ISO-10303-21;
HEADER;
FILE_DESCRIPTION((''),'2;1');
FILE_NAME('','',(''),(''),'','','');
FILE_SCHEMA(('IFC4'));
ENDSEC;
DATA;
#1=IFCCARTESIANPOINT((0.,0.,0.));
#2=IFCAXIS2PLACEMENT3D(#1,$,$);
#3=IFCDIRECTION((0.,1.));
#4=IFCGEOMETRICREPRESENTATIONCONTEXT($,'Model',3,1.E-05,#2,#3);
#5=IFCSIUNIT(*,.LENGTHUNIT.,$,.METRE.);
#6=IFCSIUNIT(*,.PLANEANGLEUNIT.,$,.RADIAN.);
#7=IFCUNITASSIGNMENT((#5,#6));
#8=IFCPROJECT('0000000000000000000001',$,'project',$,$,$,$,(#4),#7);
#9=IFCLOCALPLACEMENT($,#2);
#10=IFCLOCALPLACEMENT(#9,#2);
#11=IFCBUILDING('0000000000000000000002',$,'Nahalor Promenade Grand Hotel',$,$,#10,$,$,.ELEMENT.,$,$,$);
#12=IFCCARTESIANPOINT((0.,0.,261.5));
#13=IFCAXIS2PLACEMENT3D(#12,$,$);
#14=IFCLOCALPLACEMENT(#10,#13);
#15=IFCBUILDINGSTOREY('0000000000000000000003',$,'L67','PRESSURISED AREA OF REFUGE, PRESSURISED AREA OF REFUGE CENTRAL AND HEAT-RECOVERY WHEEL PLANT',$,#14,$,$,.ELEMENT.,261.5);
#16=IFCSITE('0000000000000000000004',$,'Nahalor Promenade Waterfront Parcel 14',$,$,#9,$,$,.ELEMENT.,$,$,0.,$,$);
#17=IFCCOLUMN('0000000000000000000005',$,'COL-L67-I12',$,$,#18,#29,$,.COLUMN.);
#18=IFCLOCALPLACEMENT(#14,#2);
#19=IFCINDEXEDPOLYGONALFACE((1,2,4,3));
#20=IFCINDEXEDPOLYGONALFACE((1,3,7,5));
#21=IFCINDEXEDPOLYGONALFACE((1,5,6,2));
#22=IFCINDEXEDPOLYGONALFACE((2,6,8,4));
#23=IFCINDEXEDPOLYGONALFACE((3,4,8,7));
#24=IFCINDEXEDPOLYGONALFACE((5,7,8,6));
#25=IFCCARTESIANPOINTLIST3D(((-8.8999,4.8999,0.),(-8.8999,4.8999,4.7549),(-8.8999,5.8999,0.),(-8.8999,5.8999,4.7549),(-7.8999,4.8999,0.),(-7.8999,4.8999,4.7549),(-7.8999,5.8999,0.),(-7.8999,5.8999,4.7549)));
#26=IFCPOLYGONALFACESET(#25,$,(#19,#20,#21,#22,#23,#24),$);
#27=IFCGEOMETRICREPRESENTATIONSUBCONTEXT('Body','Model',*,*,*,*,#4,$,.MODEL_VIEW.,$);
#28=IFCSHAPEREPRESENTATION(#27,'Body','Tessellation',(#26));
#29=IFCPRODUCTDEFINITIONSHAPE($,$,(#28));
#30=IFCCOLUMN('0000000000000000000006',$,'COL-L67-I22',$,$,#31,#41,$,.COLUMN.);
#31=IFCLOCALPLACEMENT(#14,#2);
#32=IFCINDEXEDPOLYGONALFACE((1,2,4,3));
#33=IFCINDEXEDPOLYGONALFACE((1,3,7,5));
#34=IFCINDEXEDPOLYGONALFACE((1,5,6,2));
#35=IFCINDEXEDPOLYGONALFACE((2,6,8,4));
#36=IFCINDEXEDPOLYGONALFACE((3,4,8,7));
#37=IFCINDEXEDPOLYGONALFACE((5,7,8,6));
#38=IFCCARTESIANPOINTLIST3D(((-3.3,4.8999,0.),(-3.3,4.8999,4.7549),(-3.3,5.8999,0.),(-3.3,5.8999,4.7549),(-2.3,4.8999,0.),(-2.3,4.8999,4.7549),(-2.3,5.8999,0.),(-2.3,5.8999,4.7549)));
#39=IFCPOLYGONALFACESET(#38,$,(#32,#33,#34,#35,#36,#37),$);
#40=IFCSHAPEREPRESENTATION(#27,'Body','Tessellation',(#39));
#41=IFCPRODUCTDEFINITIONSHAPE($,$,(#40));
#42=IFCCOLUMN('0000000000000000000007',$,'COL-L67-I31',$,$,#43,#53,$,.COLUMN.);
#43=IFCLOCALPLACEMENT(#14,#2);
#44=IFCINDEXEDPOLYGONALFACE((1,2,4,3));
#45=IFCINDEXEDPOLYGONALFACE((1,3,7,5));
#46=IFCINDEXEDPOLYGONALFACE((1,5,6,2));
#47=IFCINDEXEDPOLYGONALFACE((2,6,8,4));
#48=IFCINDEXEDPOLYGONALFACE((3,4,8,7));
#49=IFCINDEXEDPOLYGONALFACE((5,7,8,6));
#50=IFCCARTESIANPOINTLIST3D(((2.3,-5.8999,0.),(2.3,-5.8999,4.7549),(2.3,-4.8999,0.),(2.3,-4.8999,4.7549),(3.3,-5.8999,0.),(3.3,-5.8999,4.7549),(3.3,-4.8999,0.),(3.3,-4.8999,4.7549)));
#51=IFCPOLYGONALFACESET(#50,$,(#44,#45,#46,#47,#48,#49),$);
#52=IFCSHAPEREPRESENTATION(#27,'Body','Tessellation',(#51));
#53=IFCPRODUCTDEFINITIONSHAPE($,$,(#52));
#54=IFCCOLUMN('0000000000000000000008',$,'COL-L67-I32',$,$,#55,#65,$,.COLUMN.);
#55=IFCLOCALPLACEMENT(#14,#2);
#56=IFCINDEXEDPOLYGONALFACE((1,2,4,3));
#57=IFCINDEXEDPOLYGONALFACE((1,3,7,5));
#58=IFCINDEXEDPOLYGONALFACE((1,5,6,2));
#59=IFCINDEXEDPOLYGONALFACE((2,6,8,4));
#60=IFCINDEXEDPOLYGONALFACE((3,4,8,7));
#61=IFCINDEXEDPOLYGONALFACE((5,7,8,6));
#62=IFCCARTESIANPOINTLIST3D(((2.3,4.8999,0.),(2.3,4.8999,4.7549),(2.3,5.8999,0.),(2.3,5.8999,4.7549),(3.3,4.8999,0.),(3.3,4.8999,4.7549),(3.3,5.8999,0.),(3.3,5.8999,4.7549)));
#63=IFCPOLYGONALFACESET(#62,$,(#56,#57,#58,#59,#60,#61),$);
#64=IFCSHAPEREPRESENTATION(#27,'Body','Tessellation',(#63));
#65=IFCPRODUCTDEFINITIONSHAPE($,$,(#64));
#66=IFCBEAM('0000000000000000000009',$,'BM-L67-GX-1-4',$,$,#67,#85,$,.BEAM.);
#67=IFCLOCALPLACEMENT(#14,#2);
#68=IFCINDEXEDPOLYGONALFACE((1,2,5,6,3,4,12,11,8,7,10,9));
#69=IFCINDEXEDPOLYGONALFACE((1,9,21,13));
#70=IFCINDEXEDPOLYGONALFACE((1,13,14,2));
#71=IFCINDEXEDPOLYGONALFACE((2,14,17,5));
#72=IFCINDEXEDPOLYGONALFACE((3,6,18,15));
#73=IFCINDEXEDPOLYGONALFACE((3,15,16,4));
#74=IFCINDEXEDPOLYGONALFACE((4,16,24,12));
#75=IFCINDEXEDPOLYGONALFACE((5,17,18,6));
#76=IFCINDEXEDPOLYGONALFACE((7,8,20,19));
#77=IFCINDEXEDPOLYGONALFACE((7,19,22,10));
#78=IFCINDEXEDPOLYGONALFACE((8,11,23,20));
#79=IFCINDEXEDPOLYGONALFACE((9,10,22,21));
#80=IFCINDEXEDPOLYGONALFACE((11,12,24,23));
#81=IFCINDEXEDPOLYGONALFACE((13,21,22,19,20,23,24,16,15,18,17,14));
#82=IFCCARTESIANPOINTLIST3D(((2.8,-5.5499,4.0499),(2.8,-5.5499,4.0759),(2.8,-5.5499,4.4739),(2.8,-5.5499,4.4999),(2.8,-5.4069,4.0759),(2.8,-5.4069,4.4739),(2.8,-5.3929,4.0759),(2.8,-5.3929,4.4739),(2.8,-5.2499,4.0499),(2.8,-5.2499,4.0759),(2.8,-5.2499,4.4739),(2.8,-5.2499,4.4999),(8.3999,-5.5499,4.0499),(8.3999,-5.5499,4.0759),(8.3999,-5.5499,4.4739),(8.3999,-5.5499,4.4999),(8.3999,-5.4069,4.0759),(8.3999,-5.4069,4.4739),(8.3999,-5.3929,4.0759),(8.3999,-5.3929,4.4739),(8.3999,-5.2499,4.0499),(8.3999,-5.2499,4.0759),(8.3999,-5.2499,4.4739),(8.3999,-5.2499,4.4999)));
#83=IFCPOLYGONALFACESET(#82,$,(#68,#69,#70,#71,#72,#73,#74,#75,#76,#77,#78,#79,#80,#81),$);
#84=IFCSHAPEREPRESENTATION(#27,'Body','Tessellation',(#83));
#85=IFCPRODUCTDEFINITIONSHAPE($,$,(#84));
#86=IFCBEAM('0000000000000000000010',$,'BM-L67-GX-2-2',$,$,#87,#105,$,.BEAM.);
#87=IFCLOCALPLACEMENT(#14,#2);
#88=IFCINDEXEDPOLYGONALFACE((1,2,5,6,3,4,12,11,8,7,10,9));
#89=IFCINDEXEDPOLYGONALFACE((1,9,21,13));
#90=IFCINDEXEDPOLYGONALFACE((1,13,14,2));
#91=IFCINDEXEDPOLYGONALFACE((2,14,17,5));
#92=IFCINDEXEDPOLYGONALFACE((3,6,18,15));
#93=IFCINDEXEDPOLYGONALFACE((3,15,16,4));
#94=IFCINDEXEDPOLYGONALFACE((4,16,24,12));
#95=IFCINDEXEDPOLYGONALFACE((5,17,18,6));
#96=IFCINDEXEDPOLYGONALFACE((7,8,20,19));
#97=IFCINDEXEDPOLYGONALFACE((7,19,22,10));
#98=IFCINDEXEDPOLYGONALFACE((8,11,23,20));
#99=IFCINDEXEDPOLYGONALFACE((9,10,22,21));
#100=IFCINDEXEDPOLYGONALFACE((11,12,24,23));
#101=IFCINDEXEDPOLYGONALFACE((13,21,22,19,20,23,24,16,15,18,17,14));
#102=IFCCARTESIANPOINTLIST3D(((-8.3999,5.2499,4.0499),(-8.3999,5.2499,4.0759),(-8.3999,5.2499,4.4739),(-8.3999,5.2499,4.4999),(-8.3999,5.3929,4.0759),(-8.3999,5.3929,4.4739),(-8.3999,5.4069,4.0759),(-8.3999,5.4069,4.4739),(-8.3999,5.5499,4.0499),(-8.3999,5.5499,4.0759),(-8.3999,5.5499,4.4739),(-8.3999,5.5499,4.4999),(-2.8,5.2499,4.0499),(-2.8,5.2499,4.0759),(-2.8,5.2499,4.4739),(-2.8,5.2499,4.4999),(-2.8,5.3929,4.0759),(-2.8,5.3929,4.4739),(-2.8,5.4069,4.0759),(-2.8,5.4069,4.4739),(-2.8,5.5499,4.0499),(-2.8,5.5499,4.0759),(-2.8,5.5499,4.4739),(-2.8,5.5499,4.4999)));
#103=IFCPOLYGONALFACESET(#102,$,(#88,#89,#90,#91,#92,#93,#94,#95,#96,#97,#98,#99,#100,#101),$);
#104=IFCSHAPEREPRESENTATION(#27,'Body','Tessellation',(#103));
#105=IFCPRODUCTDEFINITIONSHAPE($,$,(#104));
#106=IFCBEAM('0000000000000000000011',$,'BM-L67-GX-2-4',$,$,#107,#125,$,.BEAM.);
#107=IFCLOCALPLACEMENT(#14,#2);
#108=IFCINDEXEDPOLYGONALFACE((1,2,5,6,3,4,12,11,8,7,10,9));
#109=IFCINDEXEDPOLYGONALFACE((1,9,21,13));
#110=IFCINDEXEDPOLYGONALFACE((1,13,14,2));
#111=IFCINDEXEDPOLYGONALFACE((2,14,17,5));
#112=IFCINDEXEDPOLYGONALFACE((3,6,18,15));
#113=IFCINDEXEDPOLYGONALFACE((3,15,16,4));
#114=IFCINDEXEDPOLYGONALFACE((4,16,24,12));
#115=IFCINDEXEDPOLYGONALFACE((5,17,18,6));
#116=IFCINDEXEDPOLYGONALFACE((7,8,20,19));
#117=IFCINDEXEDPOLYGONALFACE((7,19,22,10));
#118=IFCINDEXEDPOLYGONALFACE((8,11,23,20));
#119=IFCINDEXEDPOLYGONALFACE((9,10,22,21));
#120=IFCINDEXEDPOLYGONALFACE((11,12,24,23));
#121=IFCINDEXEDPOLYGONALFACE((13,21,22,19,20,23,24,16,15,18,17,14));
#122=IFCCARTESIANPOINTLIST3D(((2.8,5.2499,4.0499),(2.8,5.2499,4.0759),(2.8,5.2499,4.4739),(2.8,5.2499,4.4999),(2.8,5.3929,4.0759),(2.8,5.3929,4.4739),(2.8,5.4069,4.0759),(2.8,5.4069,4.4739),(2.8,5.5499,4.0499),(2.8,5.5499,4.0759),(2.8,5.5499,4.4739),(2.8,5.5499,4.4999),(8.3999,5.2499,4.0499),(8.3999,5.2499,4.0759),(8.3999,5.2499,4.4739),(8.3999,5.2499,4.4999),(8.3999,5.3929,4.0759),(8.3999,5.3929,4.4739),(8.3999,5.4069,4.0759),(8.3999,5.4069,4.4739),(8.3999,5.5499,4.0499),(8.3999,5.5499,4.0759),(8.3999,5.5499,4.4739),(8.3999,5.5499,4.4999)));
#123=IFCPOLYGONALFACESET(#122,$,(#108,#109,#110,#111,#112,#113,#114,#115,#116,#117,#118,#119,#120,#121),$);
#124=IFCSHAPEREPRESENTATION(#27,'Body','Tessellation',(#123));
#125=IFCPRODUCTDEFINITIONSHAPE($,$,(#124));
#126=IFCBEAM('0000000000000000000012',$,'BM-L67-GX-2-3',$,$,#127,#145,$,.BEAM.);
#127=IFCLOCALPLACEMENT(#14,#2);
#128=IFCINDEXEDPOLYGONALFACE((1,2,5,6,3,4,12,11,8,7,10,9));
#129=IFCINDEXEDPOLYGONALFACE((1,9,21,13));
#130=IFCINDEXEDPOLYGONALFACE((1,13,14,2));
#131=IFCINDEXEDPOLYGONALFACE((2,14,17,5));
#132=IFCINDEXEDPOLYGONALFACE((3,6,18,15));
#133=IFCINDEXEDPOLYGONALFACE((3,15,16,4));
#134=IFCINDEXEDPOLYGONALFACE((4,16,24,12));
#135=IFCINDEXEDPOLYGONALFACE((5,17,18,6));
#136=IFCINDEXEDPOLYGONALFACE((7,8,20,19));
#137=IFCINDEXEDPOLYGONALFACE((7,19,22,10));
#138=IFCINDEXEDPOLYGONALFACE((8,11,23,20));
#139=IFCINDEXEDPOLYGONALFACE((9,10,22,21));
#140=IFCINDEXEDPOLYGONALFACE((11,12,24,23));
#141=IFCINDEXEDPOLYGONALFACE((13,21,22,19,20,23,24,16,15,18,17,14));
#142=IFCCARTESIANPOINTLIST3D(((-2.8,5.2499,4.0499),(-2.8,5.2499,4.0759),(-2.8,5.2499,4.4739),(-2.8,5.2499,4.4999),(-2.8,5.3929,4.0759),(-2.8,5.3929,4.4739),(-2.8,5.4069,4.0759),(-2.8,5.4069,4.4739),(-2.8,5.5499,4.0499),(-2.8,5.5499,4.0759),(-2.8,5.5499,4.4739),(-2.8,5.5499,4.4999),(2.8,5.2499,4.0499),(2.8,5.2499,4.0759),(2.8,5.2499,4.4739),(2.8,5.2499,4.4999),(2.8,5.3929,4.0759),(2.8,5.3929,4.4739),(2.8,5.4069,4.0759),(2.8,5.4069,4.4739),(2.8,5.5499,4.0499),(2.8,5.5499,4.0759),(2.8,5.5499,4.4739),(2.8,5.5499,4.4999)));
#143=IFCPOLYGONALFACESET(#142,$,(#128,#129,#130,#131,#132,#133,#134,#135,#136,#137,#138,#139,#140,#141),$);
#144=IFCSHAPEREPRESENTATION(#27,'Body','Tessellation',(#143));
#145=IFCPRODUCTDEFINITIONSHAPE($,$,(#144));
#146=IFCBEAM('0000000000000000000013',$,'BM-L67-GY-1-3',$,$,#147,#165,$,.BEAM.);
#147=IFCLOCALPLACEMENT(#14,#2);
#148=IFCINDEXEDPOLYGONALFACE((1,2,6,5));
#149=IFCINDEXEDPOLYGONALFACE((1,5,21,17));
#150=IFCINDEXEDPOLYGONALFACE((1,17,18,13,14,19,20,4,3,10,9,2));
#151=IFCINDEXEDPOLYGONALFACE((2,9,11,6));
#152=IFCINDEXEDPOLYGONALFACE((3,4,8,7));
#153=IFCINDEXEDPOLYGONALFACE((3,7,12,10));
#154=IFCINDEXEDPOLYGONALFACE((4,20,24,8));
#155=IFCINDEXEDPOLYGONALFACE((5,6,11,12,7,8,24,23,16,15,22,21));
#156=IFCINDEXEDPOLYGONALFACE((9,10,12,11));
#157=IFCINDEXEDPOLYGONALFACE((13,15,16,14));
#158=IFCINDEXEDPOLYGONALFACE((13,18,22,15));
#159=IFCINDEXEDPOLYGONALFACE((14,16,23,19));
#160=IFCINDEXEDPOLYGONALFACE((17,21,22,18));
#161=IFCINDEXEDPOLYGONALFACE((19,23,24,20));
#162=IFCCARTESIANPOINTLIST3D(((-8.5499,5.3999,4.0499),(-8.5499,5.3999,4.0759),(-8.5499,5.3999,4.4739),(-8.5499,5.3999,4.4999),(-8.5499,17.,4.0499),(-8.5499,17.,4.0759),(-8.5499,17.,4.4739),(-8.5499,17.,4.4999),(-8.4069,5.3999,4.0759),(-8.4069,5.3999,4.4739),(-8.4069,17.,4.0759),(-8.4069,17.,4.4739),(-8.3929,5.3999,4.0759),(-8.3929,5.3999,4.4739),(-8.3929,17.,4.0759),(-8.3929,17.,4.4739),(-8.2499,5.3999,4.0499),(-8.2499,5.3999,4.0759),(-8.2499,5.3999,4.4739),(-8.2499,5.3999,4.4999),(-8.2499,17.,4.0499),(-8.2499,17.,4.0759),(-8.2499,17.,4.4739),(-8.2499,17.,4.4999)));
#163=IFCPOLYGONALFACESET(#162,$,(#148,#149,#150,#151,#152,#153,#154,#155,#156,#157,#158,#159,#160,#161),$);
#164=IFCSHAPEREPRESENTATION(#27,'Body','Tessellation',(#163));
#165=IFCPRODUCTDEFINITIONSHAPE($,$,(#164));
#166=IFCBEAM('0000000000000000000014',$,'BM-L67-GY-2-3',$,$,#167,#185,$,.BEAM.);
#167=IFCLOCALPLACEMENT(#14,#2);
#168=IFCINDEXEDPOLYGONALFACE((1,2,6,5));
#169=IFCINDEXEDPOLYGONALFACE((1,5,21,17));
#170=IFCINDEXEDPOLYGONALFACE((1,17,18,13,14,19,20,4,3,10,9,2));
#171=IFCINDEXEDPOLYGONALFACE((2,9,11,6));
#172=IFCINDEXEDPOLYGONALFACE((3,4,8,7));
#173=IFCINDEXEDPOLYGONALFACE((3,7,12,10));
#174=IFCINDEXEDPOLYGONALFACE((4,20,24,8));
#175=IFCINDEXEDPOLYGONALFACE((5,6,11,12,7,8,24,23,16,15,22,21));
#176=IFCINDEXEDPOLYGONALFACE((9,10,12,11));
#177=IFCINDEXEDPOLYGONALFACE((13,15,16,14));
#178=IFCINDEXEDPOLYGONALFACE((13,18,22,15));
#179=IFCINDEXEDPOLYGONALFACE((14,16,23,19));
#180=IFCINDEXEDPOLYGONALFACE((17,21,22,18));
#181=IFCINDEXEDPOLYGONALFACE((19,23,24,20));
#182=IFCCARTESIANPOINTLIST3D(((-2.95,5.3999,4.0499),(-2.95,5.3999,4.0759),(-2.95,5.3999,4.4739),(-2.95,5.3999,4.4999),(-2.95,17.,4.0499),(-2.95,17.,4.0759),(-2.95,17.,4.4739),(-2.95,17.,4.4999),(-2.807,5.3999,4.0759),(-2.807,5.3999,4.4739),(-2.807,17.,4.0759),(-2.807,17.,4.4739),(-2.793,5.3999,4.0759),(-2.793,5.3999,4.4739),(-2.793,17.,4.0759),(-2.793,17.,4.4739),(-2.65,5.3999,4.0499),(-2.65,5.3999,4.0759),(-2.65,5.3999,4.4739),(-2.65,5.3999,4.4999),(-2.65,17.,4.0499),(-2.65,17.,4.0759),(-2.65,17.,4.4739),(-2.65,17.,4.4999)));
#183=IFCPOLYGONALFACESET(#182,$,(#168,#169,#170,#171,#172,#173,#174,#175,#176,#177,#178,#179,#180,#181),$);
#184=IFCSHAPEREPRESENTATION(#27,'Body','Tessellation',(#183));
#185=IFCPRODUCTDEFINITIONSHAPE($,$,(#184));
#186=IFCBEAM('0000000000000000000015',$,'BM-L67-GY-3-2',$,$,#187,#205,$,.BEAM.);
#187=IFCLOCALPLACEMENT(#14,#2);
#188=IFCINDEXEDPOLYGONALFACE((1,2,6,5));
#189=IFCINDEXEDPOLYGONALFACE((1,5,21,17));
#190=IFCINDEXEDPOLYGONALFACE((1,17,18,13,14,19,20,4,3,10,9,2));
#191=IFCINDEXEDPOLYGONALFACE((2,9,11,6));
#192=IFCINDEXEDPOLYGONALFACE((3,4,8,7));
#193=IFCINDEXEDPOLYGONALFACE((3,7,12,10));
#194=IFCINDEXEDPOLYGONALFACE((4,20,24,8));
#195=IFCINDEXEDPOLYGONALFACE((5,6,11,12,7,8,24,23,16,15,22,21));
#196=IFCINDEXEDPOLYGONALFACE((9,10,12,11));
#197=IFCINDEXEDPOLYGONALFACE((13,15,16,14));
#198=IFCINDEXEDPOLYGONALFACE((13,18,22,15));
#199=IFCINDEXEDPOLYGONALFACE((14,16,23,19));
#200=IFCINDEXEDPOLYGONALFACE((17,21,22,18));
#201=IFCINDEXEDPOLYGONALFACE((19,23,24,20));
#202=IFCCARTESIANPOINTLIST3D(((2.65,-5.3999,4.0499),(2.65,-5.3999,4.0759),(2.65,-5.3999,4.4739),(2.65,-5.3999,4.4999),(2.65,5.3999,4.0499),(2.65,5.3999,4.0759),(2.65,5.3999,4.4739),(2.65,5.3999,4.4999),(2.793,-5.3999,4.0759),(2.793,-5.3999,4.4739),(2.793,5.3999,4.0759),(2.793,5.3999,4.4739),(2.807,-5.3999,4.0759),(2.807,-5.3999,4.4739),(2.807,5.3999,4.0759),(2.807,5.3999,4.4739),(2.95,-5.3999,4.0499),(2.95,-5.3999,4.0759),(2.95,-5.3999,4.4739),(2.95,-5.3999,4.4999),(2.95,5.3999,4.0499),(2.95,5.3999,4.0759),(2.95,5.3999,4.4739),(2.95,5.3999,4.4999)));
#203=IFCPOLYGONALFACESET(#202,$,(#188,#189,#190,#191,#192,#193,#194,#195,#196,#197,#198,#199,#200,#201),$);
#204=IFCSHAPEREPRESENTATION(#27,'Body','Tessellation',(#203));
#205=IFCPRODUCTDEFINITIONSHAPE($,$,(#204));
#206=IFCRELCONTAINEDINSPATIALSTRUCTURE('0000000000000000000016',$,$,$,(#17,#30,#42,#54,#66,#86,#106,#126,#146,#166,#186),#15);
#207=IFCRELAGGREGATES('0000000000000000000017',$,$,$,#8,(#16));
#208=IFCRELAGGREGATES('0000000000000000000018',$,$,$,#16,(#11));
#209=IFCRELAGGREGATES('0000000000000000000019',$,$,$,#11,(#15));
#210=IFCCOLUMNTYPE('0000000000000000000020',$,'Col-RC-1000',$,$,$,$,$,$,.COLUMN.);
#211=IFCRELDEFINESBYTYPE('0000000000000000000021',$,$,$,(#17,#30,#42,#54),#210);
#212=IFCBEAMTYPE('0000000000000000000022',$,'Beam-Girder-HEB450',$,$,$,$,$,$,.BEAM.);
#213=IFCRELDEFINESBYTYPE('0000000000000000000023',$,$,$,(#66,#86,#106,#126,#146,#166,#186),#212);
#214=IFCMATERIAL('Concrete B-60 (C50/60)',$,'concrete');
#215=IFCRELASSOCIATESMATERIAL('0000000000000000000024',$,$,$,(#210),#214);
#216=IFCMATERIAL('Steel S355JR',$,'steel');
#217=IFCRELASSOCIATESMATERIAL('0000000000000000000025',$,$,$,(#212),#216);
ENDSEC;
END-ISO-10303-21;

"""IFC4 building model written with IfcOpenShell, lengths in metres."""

from ifc_helpers import new_model, si_unit, direction, frame, origin, origin_2d, place, context, subcontext, project, spatial, rectangle, i_section, extrude, source, transform, mapped, material, material_profile, profile_set, type_object, element, save


model = new_model("IFC4")

# Units and contexts
model_context = context("Model", 3, precision=1e-05, world=origin(), true_north=direction((0.0, 1.0)))
body_context = subcontext(model_context, "Body", "Model", "MODEL_VIEW")
ifc_project = project(units=[si_unit("LENGTHUNIT", "METRE"), si_unit("PLANEANGLEUNIT", "RADIAN")], contexts=[model_context])

# Site, building, storey
site_placement = place(None, origin())
site = spatial("IfcSite", under=ifc_project, at=site_placement, Name="Nahalor Promenade Waterfront Parcel 14", CompositionType="ELEMENT", RefElevation=0.0)
building_placement = place(site_placement, origin())
building = spatial("IfcBuilding", under=site, at=building_placement, Name="Nahalor Promenade Grand Hotel", CompositionType="ELEMENT")
storey_placement = place(building_placement, frame((0.0, 0.0, 261.5)))
storey = spatial("IfcBuildingStorey", under=building, at=storey_placement, Name="L67", Description="PRESSURISED AREA OF REFUGE, PRESSURISED AREA OF REFUGE CENTRAL AND HEAT-RECOVERY WHEEL PLANT", CompositionType="ELEMENT", Elevation=261.5)

# Columns
ifc_material_1 = material(Name="Concrete B-60 (C50/60)", Category="concrete")
ifc_material_profile_1 = material_profile(ifc_material_1, rectangle(XDim=1.0, YDim=1.0, at=origin_2d()), Name="RC 1000x1000")
ifc_profile_set_1 = profile_set([ifc_material_profile_1], Name="Concrete B-60 (C50/60)")
column_type = type_object("IfcColumnType", Name="Col-RC-1000", PredefinedType="COLUMN", material=ifc_profile_set_1)
shared_shape_1 = source(origin(), body_context, "Body", "SweptSolid", [
    extrude(rectangle(XDim=1.0, YDim=1.0, at=origin_2d()), origin(), (0.0, 0.0, 1.0), 4.7549),
])
for number, where, z_axis, x_axis, name in (
    (1, (-8.3999, 5.3999, 0.0), (0.0, 0.0, 1.0), (1.0, 0.0, 0.0), "COL-L67-I12"),
    (2, (-2.8, 5.3999, 0.0), (0.0, 0.0, 1.0), (1.0, 0.0, 0.0), "COL-L67-I22"),
    (3, (2.8, -5.3999, 0.0), (0.0, 0.0, 1.0), (1.0, 0.0, 0.0), "COL-L67-I31"),
    (4, (2.8, 5.3999, 0.0), (0.0, 0.0, 1.0), (1.0, 0.0, 0.0), "COL-L67-I32"),
):
    element("IfcColumn", number, at=place(storey_placement, frame(where, z_axis=z_axis, x_axis=x_axis)), inside=storey, type_object=column_type, Name=name, PredefinedType="COLUMN", context=body_context, shape_type="MappedRepresentation", body=[
        mapped(shared_shape_1, transform((0.0, 0.0, 0.0), scale=1.0)),
    ])

# Beams
ifc_material_2 = material(Name="Steel S355JR", Category="steel")
ifc_material_profile_2 = material_profile(ifc_material_2, i_section(OverallWidth=0.3, OverallDepth=0.45, WebThickness=0.014, FlangeThickness=0.026, at=origin_2d()), Name="HEB 450")
ifc_profile_set_2 = profile_set([ifc_material_profile_2], Name="Steel S355JR")
beam_type = type_object("IfcBeamType", Name="Beam-Girder-HEB450", PredefinedType="BEAM", material=ifc_profile_set_2)
shared_shape_2 = source(origin(), body_context, "Body", "SweptSolid", [
    extrude(i_section(OverallWidth=0.3, OverallDepth=0.45, WebThickness=0.014, FlangeThickness=0.026, at=origin_2d()), origin(), (0.0, 0.0, 1.0), 5.5999),
])
for number, where, z_axis, x_axis, name in (
    (5, (2.8, -5.3999, 4.2749), (1.0, 0.0, 0.0), (0.0, 1.0, 0.0), "BM-L67-GX-1-4"),
    (6, (-8.3999, 5.3999, 4.2749), (1.0, 0.0, 0.0), (0.0, 1.0, 0.0), "BM-L67-GX-2-2"),
    (7, (2.8, 5.3999, 4.2749), (1.0, 0.0, 0.0), (0.0, 1.0, 0.0), "BM-L67-GX-2-4"),
):
    element("IfcBeam", number, at=place(storey_placement, frame(where, z_axis=z_axis, x_axis=x_axis)), inside=storey, type_object=beam_type, Name=name, PredefinedType="BEAM", context=body_context, shape_type="MappedRepresentation", body=[
        mapped(shared_shape_2, transform((0.0, 0.0, 0.0), scale=1.0)),
    ])
shared_shape_3 = source(origin(), body_context, "Body", "SweptSolid", [
    extrude(i_section(OverallWidth=0.3, OverallDepth=0.45, WebThickness=0.014, FlangeThickness=0.026, at=origin_2d()), origin(), (0.0, 0.0, 1.0), 5.6001),
])
beam_1_placement = place(storey_placement, frame((-2.8, 5.3999, 4.2749), z_axis=(1.0, 0.0, 0.0), x_axis=(0.0, 1.0, 0.0)))
element("IfcBeam", 8, at=beam_1_placement, inside=storey, type_object=beam_type, Name="BM-L67-GX-2-3", PredefinedType="BEAM", context=body_context, shape_type="MappedRepresentation", body=[
    mapped(shared_shape_3, transform((0.0, 0.0, 0.0), scale=1.0)),
])
shared_shape_4 = source(origin(), body_context, "Body", "SweptSolid", [
    extrude(i_section(OverallWidth=0.3, OverallDepth=0.45, WebThickness=0.014, FlangeThickness=0.026, at=origin_2d()), origin(), (0.0, 0.0, 1.0), 11.6001),
])
for number, where, z_axis, x_axis, name in (
    (9, (-8.3999, 5.3999, 4.2749), (0.0, 1.0, 0.0), (-1.0, 0.0, 0.0), "BM-L67-GY-1-3"),
    (10, (-2.8, 5.3999, 4.2749), (0.0, 1.0, 0.0), (-1.0, 0.0, 0.0), "BM-L67-GY-2-3"),
):
    element("IfcBeam", number, at=place(storey_placement, frame(where, z_axis=z_axis, x_axis=x_axis)), inside=storey, type_object=beam_type, Name=name, PredefinedType="BEAM", context=body_context, shape_type="MappedRepresentation", body=[
        mapped(shared_shape_4, transform((0.0, 0.0, 0.0), scale=1.0)),
    ])
shared_shape_5 = source(origin(), body_context, "Body", "SweptSolid", [
    extrude(i_section(OverallWidth=0.3, OverallDepth=0.45, WebThickness=0.014, FlangeThickness=0.026, at=origin_2d()), origin(), (0.0, 0.0, 1.0), 10.7998),
])
beam_2_placement = place(storey_placement, frame((2.8, -5.3999, 4.2749), z_axis=(0.0, 1.0, 0.0), x_axis=(-1.0, 0.0, 0.0)))
element("IfcBeam", 11, at=beam_2_placement, inside=storey, type_object=beam_type, Name="BM-L67-GY-3-2", PredefinedType="BEAM", context=body_context, shape_type="MappedRepresentation", body=[
    mapped(shared_shape_5, transform((0.0, 0.0, 0.0), scale=1.0)),
])

save(model, "model.ifc")
